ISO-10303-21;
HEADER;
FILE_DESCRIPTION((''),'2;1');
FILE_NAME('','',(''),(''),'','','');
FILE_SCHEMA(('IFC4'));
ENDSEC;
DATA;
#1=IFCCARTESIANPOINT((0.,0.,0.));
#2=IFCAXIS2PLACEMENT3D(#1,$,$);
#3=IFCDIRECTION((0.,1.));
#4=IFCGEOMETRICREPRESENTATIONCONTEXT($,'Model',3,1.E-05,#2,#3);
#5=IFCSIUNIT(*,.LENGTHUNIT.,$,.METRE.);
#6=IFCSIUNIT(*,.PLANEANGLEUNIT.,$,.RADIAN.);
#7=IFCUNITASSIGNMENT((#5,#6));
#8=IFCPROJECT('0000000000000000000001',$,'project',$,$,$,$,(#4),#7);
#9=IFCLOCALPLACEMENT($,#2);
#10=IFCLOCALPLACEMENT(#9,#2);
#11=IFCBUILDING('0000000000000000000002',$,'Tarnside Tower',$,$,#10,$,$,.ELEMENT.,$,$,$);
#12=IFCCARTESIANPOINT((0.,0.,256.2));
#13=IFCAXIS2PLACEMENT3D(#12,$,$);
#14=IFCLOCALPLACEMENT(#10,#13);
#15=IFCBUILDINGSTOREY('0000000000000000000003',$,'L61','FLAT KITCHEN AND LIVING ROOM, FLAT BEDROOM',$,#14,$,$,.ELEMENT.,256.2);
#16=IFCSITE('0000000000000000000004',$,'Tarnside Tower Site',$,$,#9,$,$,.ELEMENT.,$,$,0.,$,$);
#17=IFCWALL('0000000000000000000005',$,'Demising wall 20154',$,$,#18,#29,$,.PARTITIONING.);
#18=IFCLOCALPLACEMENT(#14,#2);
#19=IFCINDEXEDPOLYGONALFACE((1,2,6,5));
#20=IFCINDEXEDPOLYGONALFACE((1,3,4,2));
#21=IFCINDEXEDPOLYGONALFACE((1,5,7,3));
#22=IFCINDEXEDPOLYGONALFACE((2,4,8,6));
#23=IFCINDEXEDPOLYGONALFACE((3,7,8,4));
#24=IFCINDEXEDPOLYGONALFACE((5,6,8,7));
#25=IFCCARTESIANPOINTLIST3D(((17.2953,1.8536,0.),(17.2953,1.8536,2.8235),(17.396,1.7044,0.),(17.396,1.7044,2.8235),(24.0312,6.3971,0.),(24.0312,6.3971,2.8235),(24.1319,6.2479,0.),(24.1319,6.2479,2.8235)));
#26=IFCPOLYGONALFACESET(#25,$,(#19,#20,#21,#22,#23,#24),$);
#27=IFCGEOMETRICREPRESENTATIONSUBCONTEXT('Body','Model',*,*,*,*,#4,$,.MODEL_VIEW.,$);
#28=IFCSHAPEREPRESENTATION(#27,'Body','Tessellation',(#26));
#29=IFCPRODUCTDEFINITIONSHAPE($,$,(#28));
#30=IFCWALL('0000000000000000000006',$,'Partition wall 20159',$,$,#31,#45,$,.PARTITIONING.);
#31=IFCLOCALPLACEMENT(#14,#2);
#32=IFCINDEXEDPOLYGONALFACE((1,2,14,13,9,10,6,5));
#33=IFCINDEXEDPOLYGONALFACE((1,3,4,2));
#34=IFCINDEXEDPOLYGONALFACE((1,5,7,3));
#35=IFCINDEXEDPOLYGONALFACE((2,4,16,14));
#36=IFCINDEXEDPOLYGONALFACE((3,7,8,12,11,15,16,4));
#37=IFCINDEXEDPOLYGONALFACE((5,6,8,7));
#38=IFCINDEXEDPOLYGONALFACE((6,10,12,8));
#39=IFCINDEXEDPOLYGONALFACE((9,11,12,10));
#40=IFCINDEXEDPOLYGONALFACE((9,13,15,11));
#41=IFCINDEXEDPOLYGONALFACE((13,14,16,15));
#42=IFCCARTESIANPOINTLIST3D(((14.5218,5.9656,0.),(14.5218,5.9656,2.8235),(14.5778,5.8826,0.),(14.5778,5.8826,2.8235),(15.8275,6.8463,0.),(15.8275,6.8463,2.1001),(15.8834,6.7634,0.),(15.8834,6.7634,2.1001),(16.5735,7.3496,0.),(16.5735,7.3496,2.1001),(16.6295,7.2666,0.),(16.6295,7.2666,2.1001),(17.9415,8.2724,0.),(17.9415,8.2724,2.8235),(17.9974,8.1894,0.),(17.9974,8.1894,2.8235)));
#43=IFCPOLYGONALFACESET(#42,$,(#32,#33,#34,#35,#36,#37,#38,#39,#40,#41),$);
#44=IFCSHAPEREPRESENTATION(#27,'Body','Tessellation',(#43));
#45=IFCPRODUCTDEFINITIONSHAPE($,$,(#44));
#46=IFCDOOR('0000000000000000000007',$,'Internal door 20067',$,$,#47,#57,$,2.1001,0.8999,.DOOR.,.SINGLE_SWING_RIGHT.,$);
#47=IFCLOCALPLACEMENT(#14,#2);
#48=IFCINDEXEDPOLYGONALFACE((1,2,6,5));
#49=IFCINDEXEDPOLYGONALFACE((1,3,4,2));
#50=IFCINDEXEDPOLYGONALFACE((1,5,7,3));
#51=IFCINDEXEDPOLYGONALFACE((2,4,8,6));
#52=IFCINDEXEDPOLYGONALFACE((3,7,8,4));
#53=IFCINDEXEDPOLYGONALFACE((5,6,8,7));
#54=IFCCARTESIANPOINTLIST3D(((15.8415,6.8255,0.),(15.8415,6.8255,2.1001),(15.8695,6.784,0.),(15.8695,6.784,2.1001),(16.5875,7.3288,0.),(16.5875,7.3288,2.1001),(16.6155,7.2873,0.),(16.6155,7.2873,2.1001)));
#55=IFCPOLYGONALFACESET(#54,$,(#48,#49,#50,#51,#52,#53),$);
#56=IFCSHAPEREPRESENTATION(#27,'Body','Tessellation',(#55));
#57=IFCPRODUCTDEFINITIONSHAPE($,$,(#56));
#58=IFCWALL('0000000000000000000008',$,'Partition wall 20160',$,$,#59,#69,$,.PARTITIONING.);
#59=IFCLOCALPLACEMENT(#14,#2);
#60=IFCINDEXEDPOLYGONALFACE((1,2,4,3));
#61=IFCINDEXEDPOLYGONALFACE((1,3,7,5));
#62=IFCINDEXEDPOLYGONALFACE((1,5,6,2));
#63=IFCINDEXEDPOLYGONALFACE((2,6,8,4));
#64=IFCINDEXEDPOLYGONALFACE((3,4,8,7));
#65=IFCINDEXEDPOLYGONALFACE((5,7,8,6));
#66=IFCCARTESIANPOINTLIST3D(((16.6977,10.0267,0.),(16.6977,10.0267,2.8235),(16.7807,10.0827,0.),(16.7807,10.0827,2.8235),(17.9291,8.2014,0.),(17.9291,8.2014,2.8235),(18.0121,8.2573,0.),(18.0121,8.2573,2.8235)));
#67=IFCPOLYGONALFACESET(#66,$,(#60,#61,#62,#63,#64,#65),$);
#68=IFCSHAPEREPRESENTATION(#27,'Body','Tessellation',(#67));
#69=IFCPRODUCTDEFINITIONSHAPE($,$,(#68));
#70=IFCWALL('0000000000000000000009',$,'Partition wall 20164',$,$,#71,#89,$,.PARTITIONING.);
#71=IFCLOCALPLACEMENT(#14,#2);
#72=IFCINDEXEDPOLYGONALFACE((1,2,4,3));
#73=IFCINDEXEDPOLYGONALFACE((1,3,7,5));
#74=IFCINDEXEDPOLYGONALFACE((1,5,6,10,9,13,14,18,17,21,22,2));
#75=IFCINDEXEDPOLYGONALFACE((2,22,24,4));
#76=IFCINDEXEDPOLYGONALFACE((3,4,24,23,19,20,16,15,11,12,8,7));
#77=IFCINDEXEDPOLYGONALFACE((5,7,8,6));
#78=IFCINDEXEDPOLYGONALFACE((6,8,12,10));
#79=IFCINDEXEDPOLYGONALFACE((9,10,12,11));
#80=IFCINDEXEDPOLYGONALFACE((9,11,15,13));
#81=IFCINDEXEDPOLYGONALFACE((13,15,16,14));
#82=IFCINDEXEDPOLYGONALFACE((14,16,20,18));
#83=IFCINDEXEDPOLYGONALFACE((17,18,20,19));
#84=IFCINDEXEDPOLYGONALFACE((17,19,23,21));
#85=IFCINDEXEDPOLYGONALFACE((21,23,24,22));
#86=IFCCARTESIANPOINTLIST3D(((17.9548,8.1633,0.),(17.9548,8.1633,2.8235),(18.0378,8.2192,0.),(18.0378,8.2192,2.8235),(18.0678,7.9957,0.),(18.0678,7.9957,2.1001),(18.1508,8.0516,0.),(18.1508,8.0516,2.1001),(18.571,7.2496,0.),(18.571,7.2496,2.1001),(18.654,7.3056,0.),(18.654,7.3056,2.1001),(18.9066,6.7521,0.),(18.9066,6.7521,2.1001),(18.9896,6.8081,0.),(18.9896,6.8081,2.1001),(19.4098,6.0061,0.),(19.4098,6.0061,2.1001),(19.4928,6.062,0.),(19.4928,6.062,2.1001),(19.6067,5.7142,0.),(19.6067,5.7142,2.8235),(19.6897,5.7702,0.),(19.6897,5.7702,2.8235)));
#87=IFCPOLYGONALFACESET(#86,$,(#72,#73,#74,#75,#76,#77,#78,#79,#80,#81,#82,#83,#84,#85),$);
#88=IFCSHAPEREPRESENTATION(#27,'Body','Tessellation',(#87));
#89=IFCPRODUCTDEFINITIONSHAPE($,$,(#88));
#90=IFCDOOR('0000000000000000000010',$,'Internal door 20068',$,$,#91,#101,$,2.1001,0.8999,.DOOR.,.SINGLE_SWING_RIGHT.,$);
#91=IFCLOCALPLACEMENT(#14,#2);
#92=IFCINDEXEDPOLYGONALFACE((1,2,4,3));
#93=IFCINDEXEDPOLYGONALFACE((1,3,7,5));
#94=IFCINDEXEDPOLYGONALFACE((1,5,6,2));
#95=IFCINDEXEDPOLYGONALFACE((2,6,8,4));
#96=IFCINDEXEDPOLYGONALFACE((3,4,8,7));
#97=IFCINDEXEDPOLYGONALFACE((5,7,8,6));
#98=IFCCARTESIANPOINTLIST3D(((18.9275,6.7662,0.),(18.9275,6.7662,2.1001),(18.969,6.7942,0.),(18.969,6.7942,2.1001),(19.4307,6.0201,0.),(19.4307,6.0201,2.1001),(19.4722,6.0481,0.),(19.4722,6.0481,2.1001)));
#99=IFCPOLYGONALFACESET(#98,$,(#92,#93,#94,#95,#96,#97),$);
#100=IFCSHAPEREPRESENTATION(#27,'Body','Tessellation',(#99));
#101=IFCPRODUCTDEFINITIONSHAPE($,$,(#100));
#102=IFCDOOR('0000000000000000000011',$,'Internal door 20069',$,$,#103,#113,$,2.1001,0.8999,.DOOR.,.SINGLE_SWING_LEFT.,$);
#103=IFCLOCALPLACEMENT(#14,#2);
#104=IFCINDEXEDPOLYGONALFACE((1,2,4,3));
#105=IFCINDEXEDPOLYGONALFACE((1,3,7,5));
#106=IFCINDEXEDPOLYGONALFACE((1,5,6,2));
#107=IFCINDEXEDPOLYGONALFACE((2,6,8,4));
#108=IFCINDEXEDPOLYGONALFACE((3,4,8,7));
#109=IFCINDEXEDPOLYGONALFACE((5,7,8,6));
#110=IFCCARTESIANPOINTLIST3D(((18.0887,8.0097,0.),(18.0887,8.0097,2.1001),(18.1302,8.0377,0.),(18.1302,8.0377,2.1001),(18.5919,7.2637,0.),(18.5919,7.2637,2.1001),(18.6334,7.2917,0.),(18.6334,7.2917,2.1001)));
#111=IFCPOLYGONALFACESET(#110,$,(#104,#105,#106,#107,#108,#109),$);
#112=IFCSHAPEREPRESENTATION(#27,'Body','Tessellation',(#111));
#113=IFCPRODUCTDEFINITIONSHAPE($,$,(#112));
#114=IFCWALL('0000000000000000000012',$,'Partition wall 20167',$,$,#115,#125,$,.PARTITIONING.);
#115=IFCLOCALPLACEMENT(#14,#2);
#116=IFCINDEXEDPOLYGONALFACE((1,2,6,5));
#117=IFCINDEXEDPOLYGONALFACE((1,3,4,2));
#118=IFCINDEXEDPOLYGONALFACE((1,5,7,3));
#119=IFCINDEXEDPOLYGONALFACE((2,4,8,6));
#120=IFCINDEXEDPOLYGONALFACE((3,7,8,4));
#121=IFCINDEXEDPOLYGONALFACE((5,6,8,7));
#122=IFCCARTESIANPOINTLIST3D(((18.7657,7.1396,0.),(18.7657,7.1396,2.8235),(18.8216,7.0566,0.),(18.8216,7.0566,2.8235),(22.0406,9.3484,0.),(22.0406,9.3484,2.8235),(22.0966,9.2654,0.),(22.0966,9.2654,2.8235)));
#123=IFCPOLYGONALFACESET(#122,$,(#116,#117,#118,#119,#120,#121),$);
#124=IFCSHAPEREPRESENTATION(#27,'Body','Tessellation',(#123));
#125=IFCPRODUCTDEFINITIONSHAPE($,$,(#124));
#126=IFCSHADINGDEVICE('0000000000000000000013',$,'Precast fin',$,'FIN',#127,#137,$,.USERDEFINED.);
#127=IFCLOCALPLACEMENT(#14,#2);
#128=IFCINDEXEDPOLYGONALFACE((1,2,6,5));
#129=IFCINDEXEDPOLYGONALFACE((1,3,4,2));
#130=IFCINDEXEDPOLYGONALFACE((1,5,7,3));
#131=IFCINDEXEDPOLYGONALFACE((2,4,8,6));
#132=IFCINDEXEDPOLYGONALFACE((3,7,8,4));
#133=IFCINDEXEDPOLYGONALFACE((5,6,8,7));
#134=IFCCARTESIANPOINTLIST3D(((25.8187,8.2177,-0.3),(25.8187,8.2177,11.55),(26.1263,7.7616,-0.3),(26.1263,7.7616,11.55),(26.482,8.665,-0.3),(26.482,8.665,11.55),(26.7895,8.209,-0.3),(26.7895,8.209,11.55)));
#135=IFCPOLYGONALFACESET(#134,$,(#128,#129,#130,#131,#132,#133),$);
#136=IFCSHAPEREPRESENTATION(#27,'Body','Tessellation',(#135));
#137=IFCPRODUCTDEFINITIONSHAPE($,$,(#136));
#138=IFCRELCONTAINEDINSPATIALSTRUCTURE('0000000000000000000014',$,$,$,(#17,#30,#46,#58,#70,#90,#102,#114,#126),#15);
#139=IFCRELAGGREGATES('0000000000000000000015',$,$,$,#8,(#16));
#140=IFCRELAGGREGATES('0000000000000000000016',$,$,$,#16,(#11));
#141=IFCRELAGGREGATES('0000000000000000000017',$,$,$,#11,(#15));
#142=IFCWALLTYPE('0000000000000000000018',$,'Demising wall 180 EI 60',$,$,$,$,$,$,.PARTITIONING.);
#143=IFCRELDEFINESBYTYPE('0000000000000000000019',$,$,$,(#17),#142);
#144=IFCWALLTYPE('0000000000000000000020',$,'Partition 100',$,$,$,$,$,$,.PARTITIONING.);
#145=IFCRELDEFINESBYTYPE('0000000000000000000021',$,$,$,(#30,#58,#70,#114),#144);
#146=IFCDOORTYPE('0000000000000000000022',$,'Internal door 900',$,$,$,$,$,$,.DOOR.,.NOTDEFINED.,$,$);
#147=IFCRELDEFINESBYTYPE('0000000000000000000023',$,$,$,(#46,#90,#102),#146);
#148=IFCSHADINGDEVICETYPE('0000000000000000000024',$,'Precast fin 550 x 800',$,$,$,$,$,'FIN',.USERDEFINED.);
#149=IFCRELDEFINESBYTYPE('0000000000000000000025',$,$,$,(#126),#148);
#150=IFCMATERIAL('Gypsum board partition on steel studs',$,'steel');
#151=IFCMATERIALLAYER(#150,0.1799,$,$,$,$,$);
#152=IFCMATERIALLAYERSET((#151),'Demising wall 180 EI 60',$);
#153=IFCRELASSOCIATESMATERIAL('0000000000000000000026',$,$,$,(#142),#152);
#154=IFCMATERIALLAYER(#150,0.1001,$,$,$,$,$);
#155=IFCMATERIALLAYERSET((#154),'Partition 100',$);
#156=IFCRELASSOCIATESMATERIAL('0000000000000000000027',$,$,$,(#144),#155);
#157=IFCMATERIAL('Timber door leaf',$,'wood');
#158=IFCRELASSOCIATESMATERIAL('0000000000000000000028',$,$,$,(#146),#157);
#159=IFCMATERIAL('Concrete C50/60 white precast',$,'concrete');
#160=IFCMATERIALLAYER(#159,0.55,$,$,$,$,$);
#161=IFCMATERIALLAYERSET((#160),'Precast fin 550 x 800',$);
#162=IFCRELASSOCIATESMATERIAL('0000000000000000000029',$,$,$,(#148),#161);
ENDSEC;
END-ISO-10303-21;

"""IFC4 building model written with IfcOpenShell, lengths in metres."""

from ifc_helpers import new_model, si_unit, direction, frame, frame_2d, origin, place, context, subcontext, project, spatial, polyline, rectangle, outline, extrude, material, layer, layer_set, type_object, element, fill, save


model = new_model("IFC4")

# Units and contexts
model_context = context("Model", 3, precision=1e-05, world=origin(), true_north=direction((0.0, 1.0)))
body_context = subcontext(model_context, "Body", "Model", "MODEL_VIEW")
ifc_project = project(units=[si_unit("LENGTHUNIT", "METRE"), si_unit("PLANEANGLEUNIT", "RADIAN")], contexts=[model_context])

# Site, building, storey
site_placement = place(None, origin())
site = spatial("IfcSite", under=ifc_project, at=site_placement, Name="Tarnside Tower Site", CompositionType="ELEMENT", RefElevation=0.0)
building_placement = place(site_placement, origin())
building = spatial("IfcBuilding", under=site, at=building_placement, Name="Tarnside Tower", CompositionType="ELEMENT")
storey_placement = place(building_placement, frame((0.0, 0.0, 256.2)))
storey = spatial("IfcBuildingStorey", under=building, at=storey_placement, Name="L61", Description="FLAT KITCHEN AND LIVING ROOM, FLAT BEDROOM", CompositionType="ELEMENT", Elevation=256.2)

# Shared definitions
ifc_material_1 = material(Name="Gypsum board partition on steel studs", Category="steel")
ifc_material_2 = material(Name="Timber door leaf", Category="wood")

# Wall
ifc_layer_1 = layer(ifc_material_1, 0.1799)
ifc_layer_set_1 = layer_set([ifc_layer_1], Name="Demising wall 180 EI 60")
wall_type_1 = type_object("IfcWallType", Name="Demising wall 180 EI 60", PredefinedType="PARTITIONING", material=ifc_layer_set_1)
wall_1_placement = place(storey_placement, frame((24.0815, 6.3225, 0.0), z_axis=(0.0, 0.0, 1.0), x_axis=(-0.829033, -0.559199, 0.0)))
element("IfcWall", 1, at=wall_1_placement, inside=storey, type_object=wall_type_1, Name="Demising wall 20154", PredefinedType="PARTITIONING", context=body_context, shape_type="SweptSolid", body=[
    extrude(rectangle(XDim=8.125, YDim=0.1799, at=frame_2d((4.0625, 0.0))), origin(), (0.0, 0.0, 1.0), 2.8235),
])

# Wall, opening, door
ifc_layer_2 = layer(ifc_material_1, 0.1001)
ifc_layer_set_2 = layer_set([ifc_layer_2], Name="Partition 100")
wall_type_2 = type_object("IfcWallType", Name="Partition 100", PredefinedType="PARTITIONING", material=ifc_layer_set_2)
wall_2_placement = place(storey_placement, frame((14.5498, 5.9241, 0.0), z_axis=(0.0, 0.0, 1.0), x_axis=(0.829006, 0.55924, 0.0)))
wall_2 = element("IfcWall", 2, at=wall_2_placement, inside=storey, type_object=wall_type_2, Name="Partition wall 20159", PredefinedType="PARTITIONING", context=body_context, shape_type="SweptSolid", body=[
    extrude(rectangle(XDim=4.125, YDim=0.1001, at=frame_2d((2.0625, 0.0))), origin(), (0.0, 0.0, 1.0), 2.8235),
])
opening_1_placement = place(wall_2_placement, frame((1.575, 0.0, 0.0)))
opening_1 = element("IfcOpeningElement", 3, at=opening_1_placement, cuts=wall_2, PredefinedType="OPENING", context=body_context, shape_type="SweptSolid", body=[
    extrude(rectangle(XDim=0.8999, YDim=2.1001, at=frame_2d((0.45, 1.05))), frame((0.0, 0.0601, 0.0), z_axis=(0.0, -1.0, 0.0), x_axis=(1.0, 0.0, 0.0)), (0.0, 0.0, 1.0), 0.1201),
])
door_type_1 = type_object("IfcDoorType", Name="Internal door 900", OperationType="NOTDEFINED", PredefinedType="DOOR", material=ifc_material_2)
door_1_placement = place(opening_1_placement, origin())
door_1 = element("IfcDoor", 4, at=door_1_placement, inside=storey, type_object=door_type_1, Name="Internal door 20067", OperationType="SINGLE_SWING_RIGHT", OverallHeight=2.1001, OverallWidth=0.8999, PredefinedType="DOOR", context=body_context, shape_type="SweptSolid", body=[
    extrude(rectangle(XDim=0.8999, YDim=2.1001, at=frame_2d((0.45, 1.05))), frame((0.0, 0.0249, 0.0), z_axis=(0.0, -1.0, 0.0), x_axis=(1.0, 0.0, 0.0)), (0.0, 0.0, 1.0), 0.05),
])
fill(opening_1, door_1)

# Wall
wall_3_placement = place(storey_placement, frame((17.9707, 8.2292, 0.0), z_axis=(0.0, 0.0, 1.0), x_axis=(-0.559246, 0.829002, 0.0)))
element("IfcWall", 5, at=wall_3_placement, inside=storey, type_object=wall_type_2, Name="Partition wall 20160", PredefinedType="PARTITIONING", context=body_context, shape_type="SweptSolid", body=[
    extrude(rectangle(XDim=2.2019, YDim=0.1001, at=frame_2d((1.1011, 0.0))), origin(), (0.0, 0.0, 1.0), 2.8235),
])

# Wall, openings, doors
wall_4_placement = place(storey_placement, frame((19.6482, 5.7422, 0.0), z_axis=(0.0, 0.0, 1.0), x_axis=(-0.559193, 0.829037, 0.0)))
wall_4 = element("IfcWall", 6, at=wall_4_placement, inside=storey, type_object=wall_type_2, Name="Partition wall 20164", PredefinedType="PARTITIONING", context=body_context, shape_type="SweptSolid", body=[
    extrude(rectangle(XDim=2.9541, YDim=0.1001, at=frame_2d((1.4771, 0.0))), origin(), (0.0, 0.0, 1.0), 2.8235),
])
opening_2_placement = place(wall_4_placement, frame((0.3521, 0.0, 0.0)))
opening_2 = element("IfcOpeningElement", 7, at=opening_2_placement, cuts=wall_4, PredefinedType="OPENING", context=body_context, shape_type="SweptSolid", body=[
    extrude(rectangle(XDim=0.8999, YDim=2.1001, at=frame_2d((0.45, 1.05))), frame((0.0, 0.0601, 0.0), z_axis=(0.0, -1.0, 0.0), x_axis=(1.0, 0.0, 0.0)), (0.0, 0.0, 1.0), 0.1201),
])
opening_3_placement = place(wall_4_placement, frame((1.8521, 0.0, 0.0)))
opening_3 = element("IfcOpeningElement", 8, at=opening_3_placement, cuts=wall_4, PredefinedType="OPENING", context=body_context, shape_type="SweptSolid", body=[
    extrude(rectangle(XDim=0.8999, YDim=2.1001, at=frame_2d((0.45, 1.05))), frame((0.0, 0.0601, 0.0), z_axis=(0.0, -1.0, 0.0), x_axis=(1.0, 0.0, 0.0)), (0.0, 0.0, 1.0), 0.1201),
])
door_2_placement = place(opening_2_placement, origin())
door_2 = element("IfcDoor", 9, at=door_2_placement, inside=storey, type_object=door_type_1, Name="Internal door 20068", OperationType="SINGLE_SWING_RIGHT", OverallHeight=2.1001, OverallWidth=0.8999, PredefinedType="DOOR", context=body_context, shape_type="SweptSolid", body=[
    extrude(rectangle(XDim=0.8999, YDim=2.1001, at=frame_2d((0.45, 1.05))), frame((0.0, 0.0249, 0.0), z_axis=(0.0, -1.0, 0.0), x_axis=(1.0, 0.0, 0.0)), (0.0, 0.0, 1.0), 0.05),
])
fill(opening_2, door_2)
door_3_placement = place(opening_3_placement, origin())
door_3 = element("IfcDoor", 10, at=door_3_placement, inside=storey, type_object=door_type_1, Name="Internal door 20069", OperationType="SINGLE_SWING_LEFT", OverallHeight=2.1001, OverallWidth=0.8999, PredefinedType="DOOR", context=body_context, shape_type="SweptSolid", body=[
    extrude(rectangle(XDim=0.8999, YDim=2.1001, at=frame_2d((0.45, 1.05))), frame((0.0, 0.0249, 0.0), z_axis=(0.0, -1.0, 0.0), x_axis=(1.0, 0.0, 0.0)), (0.0, 0.0, 1.0), 0.05),
])
fill(opening_3, door_3)

# Wall
wall_5_placement = place(storey_placement, frame((22.0686, 9.3069, 0.0), z_axis=(0.0, 0.0, 1.0), x_axis=(-0.829062, -0.559156, 0.0)))
element("IfcWall", 11, at=wall_5_placement, inside=storey, type_object=wall_type_2, Name="Partition wall 20167", PredefinedType="PARTITIONING", context=body_context, shape_type="SweptSolid", body=[
    extrude(rectangle(XDim=3.9502, YDim=0.1001, at=frame_2d((1.9751, 0.0))), origin(), (0.0, 0.0, 1.0), 2.8235),
])

# Shading device
ifc_material_3 = material(Name="Concrete C50/60 white precast", Category="concrete")
ifc_layer_3 = layer(ifc_material_3, 0.55)
ifc_layer_set_3 = layer_set([ifc_layer_3], Name="Precast fin 550 x 800")
shading_device_type = type_object("IfcShadingDeviceType", Name="Precast fin 550 x 800", ElementType="FIN", PredefinedType="USERDEFINED", material=ifc_layer_set_3)
shading_device_placement = place(storey_placement, frame((25.9724, 7.9897, -0.3), z_axis=(0.559193, -0.829038, 0.0), x_axis=(0.829038, 0.559193, 0.0)))
element("IfcShadingDevice", 12, at=shading_device_placement, inside=storey, type_object=shading_device_type, Name="Precast fin", ObjectType="FIN", PredefinedType="USERDEFINED", context=body_context, shape_type="SweptSolid", body=[
    extrude(outline(polyline([(0.0, 0.0), (0.8, 0.0), (0.8, 11.8501), (0.0, 11.8501), (0.0, 0.0)])), frame((0.0, 0.0, -0.2749)), (0.0, 0.0, 1.0), 0.55),
])

save(model, "model.ifc")
